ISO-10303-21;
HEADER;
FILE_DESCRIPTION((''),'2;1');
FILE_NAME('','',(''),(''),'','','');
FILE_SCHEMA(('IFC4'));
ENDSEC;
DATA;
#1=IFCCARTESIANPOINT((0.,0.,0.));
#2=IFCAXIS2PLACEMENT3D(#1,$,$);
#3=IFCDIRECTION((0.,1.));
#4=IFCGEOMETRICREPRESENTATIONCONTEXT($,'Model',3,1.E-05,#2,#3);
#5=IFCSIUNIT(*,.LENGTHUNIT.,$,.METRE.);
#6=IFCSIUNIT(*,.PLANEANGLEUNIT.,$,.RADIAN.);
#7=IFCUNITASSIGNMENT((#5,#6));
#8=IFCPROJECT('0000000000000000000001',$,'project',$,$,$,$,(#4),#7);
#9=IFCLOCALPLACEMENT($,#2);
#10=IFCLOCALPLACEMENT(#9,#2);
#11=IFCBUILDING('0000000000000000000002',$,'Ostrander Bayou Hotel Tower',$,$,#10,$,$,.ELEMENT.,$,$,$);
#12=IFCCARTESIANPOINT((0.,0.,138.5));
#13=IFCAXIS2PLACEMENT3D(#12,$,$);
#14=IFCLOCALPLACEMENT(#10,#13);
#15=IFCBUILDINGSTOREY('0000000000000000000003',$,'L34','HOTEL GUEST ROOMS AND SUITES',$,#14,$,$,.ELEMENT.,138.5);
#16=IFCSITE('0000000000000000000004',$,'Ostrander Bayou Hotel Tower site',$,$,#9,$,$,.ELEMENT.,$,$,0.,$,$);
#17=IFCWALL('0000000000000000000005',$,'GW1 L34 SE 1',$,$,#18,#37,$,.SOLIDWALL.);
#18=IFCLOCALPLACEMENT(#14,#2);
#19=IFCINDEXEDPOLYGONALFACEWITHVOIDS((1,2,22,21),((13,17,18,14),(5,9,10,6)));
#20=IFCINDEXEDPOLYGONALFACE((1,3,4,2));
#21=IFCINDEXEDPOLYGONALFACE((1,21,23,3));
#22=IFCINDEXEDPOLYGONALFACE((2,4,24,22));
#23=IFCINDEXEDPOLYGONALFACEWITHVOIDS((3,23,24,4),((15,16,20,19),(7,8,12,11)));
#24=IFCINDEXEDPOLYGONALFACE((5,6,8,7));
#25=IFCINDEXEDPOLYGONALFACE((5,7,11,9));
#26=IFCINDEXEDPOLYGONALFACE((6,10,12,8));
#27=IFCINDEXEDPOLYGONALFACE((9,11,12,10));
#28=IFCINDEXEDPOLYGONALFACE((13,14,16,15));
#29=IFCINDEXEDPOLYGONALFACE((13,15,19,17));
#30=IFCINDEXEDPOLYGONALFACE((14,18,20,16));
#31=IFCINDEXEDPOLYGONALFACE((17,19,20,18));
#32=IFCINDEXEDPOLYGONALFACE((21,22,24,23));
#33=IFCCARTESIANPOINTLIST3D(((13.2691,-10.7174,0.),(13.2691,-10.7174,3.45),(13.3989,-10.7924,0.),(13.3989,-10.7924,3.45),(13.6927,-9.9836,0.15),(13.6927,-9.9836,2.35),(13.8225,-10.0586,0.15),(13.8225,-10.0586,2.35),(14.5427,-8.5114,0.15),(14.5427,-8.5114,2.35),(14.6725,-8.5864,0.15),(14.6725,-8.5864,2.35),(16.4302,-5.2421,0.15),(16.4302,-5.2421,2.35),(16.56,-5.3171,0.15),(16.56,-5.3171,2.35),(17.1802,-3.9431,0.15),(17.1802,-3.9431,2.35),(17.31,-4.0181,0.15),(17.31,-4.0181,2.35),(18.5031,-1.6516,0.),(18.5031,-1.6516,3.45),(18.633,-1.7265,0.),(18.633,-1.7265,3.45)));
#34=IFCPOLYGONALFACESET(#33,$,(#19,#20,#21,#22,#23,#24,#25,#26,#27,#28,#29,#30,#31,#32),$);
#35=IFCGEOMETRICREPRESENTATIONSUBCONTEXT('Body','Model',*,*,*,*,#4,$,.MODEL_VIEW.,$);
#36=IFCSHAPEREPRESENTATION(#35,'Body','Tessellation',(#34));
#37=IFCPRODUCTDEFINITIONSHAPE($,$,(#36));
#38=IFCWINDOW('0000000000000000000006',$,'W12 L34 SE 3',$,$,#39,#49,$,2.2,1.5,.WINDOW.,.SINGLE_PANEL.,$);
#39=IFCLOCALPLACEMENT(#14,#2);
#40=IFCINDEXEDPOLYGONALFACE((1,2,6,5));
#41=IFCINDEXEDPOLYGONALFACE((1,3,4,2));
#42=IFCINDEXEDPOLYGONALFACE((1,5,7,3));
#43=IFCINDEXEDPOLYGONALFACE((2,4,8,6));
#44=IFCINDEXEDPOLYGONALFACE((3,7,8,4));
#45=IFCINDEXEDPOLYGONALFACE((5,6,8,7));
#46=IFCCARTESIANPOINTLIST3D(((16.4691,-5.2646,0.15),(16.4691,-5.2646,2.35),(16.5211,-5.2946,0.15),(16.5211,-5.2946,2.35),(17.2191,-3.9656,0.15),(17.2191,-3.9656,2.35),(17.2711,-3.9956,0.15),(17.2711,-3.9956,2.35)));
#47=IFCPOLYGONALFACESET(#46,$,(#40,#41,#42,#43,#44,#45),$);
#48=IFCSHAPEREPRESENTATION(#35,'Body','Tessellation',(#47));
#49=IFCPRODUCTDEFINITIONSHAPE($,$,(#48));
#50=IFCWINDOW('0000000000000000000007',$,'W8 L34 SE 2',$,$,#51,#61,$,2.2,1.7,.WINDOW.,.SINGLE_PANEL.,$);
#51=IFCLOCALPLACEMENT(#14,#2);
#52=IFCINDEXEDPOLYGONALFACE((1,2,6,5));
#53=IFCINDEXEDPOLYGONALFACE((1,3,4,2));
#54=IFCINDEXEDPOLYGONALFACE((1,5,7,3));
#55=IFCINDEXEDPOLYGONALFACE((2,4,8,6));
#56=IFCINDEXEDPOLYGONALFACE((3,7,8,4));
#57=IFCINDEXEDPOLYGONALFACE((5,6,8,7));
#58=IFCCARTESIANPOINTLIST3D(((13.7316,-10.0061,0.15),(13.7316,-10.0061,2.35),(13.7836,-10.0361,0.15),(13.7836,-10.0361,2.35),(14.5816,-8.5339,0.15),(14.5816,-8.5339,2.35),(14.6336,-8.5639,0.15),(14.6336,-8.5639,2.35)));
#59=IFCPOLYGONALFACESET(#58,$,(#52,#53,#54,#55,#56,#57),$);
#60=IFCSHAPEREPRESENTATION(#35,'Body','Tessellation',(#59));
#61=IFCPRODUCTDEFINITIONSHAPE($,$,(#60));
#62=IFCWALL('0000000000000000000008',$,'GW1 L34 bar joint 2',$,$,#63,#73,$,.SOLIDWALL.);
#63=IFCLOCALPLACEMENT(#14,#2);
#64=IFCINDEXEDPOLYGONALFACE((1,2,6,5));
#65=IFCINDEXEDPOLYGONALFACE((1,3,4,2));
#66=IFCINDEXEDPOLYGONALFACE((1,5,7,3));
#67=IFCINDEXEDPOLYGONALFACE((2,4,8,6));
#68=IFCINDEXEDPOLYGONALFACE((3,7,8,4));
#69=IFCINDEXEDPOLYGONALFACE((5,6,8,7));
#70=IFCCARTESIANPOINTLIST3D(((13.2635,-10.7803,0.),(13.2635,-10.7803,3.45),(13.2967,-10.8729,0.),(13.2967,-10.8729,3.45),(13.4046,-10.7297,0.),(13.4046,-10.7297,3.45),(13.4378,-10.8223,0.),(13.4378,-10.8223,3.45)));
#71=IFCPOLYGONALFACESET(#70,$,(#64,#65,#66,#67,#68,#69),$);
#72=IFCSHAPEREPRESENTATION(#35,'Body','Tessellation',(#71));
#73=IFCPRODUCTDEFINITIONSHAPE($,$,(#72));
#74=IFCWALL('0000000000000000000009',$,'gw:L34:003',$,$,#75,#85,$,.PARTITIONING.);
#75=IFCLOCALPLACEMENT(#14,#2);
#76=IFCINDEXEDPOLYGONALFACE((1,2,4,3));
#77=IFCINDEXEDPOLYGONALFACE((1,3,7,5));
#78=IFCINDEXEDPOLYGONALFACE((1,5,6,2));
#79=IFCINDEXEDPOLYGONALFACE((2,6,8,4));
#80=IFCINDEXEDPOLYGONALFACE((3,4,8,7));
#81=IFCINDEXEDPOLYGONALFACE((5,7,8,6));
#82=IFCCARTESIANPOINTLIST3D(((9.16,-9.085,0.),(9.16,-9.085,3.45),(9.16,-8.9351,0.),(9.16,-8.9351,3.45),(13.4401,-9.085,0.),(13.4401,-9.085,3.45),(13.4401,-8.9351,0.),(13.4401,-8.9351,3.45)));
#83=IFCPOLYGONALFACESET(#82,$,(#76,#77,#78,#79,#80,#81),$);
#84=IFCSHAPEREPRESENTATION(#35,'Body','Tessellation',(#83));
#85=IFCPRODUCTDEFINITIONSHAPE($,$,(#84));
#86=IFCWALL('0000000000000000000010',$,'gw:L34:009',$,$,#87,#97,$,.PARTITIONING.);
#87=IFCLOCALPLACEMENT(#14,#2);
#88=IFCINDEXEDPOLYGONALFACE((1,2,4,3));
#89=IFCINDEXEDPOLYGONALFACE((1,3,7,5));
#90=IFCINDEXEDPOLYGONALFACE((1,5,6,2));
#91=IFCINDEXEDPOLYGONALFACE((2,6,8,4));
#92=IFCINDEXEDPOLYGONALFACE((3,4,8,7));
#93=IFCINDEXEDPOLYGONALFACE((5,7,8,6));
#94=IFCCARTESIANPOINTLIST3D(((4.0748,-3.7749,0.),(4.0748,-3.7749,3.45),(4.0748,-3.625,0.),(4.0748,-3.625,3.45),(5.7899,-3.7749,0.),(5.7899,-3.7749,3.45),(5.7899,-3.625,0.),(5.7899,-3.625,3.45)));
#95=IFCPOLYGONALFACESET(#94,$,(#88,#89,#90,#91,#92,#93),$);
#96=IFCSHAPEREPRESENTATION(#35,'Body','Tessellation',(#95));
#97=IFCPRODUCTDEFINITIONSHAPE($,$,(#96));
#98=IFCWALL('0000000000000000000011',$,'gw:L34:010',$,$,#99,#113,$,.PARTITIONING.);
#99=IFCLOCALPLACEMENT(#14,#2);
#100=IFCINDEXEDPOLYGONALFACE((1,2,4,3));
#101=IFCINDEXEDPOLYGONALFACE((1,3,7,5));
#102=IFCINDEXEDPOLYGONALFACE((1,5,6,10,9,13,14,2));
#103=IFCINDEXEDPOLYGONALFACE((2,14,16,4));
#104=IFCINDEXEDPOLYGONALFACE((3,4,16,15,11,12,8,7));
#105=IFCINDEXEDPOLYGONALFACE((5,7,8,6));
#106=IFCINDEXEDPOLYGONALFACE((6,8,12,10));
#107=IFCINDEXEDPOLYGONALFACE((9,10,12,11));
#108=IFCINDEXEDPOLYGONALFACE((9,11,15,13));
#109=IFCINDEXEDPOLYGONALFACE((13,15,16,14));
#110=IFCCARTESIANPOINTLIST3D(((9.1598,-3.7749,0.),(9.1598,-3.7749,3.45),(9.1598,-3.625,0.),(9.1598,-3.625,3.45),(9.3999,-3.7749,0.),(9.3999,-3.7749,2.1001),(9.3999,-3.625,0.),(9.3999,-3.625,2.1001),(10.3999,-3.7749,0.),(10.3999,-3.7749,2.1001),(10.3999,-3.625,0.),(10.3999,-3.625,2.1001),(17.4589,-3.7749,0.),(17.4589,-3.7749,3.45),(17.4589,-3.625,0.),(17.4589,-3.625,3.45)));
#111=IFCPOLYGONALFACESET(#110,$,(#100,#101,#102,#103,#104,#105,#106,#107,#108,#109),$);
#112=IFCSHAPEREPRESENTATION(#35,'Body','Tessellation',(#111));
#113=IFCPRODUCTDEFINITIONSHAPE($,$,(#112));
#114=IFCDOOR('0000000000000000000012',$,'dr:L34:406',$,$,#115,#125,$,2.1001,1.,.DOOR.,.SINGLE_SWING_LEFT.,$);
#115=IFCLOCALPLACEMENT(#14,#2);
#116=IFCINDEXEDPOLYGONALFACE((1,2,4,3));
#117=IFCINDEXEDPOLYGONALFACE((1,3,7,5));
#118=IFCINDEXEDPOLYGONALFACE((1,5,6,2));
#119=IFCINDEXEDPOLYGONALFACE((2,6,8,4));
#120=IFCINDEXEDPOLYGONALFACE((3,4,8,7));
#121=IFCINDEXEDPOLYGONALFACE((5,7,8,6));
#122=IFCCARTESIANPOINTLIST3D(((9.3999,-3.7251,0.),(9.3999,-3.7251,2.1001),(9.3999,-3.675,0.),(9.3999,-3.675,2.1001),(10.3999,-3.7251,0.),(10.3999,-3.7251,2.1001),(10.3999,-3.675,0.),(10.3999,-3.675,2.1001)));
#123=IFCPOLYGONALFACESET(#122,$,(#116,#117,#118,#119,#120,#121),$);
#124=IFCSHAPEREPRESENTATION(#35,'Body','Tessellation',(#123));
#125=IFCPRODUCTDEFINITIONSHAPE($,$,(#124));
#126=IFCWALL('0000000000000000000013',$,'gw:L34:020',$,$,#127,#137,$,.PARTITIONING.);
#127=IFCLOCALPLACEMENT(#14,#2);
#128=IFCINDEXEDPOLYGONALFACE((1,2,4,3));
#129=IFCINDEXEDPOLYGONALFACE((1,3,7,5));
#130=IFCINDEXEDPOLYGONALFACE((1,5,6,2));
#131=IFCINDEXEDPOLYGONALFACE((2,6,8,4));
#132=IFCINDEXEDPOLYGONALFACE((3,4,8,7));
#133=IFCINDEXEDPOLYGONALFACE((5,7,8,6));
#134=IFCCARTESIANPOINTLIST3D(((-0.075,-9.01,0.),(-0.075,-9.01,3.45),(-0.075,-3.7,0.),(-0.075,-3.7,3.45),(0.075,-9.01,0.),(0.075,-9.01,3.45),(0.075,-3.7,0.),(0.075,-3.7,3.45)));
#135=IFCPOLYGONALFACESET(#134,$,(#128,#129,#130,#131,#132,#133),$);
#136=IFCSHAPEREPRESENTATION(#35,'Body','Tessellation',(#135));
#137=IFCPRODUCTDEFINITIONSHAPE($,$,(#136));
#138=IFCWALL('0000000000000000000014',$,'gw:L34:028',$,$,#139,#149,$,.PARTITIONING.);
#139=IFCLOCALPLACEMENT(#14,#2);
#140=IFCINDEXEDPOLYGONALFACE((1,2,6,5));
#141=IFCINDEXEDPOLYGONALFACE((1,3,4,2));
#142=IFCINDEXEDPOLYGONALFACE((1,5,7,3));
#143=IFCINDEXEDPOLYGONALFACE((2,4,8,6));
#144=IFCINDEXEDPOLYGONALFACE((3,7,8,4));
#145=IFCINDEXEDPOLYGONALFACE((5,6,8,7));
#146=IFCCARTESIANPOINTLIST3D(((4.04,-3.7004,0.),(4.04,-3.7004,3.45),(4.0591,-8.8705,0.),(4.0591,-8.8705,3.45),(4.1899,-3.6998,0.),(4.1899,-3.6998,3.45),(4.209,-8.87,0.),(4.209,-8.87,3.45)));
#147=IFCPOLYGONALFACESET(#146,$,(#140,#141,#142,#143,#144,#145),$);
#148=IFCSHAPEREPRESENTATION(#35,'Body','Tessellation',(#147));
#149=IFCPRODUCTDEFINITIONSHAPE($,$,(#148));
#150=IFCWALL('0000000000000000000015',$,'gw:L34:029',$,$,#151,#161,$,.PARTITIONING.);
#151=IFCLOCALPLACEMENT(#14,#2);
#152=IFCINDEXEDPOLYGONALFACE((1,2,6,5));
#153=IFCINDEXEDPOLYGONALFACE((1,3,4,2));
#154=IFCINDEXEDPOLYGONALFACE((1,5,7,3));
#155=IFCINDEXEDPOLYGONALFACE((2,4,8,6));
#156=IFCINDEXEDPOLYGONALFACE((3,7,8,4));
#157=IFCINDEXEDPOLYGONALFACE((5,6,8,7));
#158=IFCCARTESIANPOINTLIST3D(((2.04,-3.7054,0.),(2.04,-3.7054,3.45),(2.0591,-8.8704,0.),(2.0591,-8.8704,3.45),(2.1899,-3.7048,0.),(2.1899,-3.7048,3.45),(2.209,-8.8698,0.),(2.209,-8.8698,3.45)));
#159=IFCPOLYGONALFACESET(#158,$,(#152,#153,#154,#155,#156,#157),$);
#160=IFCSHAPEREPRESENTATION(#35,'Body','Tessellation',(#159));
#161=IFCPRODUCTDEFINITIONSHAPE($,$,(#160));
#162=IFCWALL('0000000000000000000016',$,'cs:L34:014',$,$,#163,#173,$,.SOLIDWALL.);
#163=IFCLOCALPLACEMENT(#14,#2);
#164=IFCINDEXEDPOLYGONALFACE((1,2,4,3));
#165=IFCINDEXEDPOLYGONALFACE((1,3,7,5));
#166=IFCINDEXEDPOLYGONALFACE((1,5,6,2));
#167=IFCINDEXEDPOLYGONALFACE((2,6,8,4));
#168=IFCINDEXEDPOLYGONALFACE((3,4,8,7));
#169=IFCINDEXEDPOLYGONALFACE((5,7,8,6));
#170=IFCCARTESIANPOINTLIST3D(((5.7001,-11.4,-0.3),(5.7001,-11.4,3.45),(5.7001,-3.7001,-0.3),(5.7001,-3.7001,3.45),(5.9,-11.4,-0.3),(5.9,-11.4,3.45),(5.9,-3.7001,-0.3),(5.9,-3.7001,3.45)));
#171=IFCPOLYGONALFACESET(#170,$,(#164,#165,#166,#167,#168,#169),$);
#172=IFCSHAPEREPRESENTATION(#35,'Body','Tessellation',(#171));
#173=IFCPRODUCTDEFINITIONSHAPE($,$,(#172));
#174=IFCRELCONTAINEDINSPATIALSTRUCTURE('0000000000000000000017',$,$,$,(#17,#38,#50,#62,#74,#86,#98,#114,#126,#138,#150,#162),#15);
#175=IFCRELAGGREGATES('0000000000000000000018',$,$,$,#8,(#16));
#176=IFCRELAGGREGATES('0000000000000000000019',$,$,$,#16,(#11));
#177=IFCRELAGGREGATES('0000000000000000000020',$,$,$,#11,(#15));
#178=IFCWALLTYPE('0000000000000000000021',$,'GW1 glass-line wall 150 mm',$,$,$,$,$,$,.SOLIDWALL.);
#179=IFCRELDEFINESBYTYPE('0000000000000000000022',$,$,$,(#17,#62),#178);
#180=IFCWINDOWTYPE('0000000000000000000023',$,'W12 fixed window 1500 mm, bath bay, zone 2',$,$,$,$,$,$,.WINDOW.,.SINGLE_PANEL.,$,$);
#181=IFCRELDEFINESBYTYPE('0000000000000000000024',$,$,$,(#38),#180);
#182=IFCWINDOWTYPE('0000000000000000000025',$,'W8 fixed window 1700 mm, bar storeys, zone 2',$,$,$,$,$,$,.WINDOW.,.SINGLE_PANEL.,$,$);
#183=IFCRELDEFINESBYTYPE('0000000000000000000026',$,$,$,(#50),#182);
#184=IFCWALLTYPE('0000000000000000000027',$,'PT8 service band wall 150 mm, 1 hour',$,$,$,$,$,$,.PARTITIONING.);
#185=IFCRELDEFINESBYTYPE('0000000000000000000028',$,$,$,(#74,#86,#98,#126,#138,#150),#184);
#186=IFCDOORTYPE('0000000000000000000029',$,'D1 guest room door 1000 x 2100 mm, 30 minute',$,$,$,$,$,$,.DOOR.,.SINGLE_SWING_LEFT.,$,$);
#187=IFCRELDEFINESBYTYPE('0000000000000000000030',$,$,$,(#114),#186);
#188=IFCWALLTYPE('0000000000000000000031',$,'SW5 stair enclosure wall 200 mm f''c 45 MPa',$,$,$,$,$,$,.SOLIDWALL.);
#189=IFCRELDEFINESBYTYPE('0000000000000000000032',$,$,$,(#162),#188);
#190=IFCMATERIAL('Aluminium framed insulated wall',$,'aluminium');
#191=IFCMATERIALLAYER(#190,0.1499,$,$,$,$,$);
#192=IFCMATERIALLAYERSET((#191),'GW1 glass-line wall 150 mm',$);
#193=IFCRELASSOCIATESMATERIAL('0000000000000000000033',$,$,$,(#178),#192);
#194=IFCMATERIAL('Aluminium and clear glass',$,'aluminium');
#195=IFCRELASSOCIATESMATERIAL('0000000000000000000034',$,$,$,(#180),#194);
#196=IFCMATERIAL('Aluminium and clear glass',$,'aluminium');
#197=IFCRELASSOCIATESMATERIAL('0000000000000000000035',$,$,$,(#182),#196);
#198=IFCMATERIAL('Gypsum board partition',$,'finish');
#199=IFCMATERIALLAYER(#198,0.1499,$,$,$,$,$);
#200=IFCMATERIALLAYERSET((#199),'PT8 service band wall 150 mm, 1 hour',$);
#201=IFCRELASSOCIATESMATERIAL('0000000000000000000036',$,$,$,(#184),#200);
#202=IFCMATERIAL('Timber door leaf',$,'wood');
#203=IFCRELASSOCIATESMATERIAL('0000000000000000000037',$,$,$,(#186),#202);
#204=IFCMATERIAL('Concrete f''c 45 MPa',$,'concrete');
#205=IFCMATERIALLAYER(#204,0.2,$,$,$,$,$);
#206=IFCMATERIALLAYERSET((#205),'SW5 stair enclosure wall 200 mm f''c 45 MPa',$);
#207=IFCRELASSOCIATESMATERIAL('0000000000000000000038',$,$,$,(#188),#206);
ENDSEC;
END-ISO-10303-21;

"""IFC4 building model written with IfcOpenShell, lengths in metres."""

from ifc_helpers import new_model, si_unit, direction, frame, frame_2d, origin, place, context, subcontext, project, spatial, rectangle, extrude, material, layer, layer_set, type_object, element, fill, save


model = new_model("IFC4")

# Units and contexts
model_context = context("Model", 3, precision=1e-05, world=origin(), true_north=direction((0.0, 1.0)))
body_context = subcontext(model_context, "Body", "Model", "MODEL_VIEW")
ifc_project = project(units=[si_unit("LENGTHUNIT", "METRE"), si_unit("PLANEANGLEUNIT", "RADIAN")], contexts=[model_context])

# Site, building, storey
site_placement = place(None, origin())
site = spatial("IfcSite", under=ifc_project, at=site_placement, Name="Ostrander Bayou Hotel Tower site", CompositionType="ELEMENT", RefElevation=0.0)
building_placement = place(site_placement, origin())
building = spatial("IfcBuilding", under=site, at=building_placement, Name="Ostrander Bayou Hotel Tower", CompositionType="ELEMENT")
storey_placement = place(building_placement, frame((0.0, 0.0, 138.5)))
storey = spatial("IfcBuildingStorey", under=building, at=storey_placement, Name="L34", Description="HOTEL GUEST ROOMS AND SUITES", CompositionType="ELEMENT", Elevation=138.5)

# Wall, openings, windows
ifc_material_1 = material(Name="Aluminium framed insulated wall", Category="aluminium")
ifc_layer_1 = layer(ifc_material_1, 0.1499)
ifc_layer_set_1 = layer_set([ifc_layer_1], Name="GW1 glass-line wall 150 mm")
wall_type_1 = type_object("IfcWallType", Name="GW1 glass-line wall 150 mm", PredefinedType="SOLIDWALL", material=ifc_layer_set_1)
wall_1_placement = place(storey_placement, frame((13.334, -10.7549, 0.0), z_axis=(0.0, 0.0, 1.0), x_axis=(0.499994, 0.866029, 0.0)))
wall_1 = element("IfcWall", 1, at=wall_1_placement, inside=storey, type_object=wall_type_1, Name="GW1 L34 SE 1", PredefinedType="SOLIDWALL", context=body_context, shape_type="SweptSolid", body=[
    extrude(rectangle(XDim=10.4683, YDim=0.1499, at=frame_2d((5.2341, 0.0))), origin(), (0.0, 0.0, 1.0), 3.45),
])
opening_1_placement = place(wall_1_placement, frame((0.8472, 0.0, 0.1499)))
opening_1 = element("IfcOpeningElement", 2, at=opening_1_placement, cuts=wall_1, PredefinedType="OPENING", context=body_context, shape_type="SweptSolid", body=[
    extrude(rectangle(XDim=1.7, YDim=2.2, at=frame_2d((0.8501, 1.1001))), frame((0.0, 0.075, 0.0), z_axis=(0.0, -1.0, 0.0), x_axis=(1.0, 0.0, 0.0)), (0.0, 0.0, 1.0), 0.1499),
])
opening_2_placement = place(wall_1_placement, frame((6.3223, 0.0, 0.1499)))
opening_2 = element("IfcOpeningElement", 3, at=opening_2_placement, cuts=wall_1, PredefinedType="OPENING", context=body_context, shape_type="SweptSolid", body=[
    extrude(rectangle(XDim=1.5, YDim=2.2, at=frame_2d((0.75, 1.1001))), frame((0.0, 0.075, 0.0), z_axis=(0.0, -1.0, 0.0), x_axis=(1.0, 0.0, 0.0)), (0.0, 0.0, 1.0), 0.1499),
])
ifc_material_2 = material(Name="Aluminium and clear glass", Category="aluminium")
window_type_1 = type_object("IfcWindowType", Name="W12 fixed window 1500 mm, bath bay, zone 2", PartitioningType="SINGLE_PANEL", PredefinedType="WINDOW", material=ifc_material_2)
window_1_placement = place(opening_2_placement, origin())
window_1 = element("IfcWindow", 4, at=window_1_placement, inside=storey, type_object=window_type_1, Name="W12 L34 SE 3", OverallHeight=2.2, OverallWidth=1.5, PartitioningType="SINGLE_PANEL", PredefinedType="WINDOW", context=body_context, shape_type="SweptSolid", body=[
    extrude(rectangle(XDim=1.5, YDim=2.2, at=frame_2d((0.75, 1.1001))), frame((0.0, 0.03, 0.0), z_axis=(0.0, -1.0, 0.0), x_axis=(1.0, 0.0, 0.0)), (0.0, 0.0, 1.0), 0.0601),
])
fill(opening_2, window_1)
ifc_material_3 = material(Name="Aluminium and clear glass", Category="aluminium")
window_type_2 = type_object("IfcWindowType", Name="W8 fixed window 1700 mm, bar storeys, zone 2", PartitioningType="SINGLE_PANEL", PredefinedType="WINDOW", material=ifc_material_3)
window_2_placement = place(opening_1_placement, origin())
window_2 = element("IfcWindow", 5, at=window_2_placement, inside=storey, type_object=window_type_2, Name="W8 L34 SE 2", OverallHeight=2.2, OverallWidth=1.7, PartitioningType="SINGLE_PANEL", PredefinedType="WINDOW", context=body_context, shape_type="SweptSolid", body=[
    extrude(rectangle(XDim=1.7, YDim=2.2, at=frame_2d((0.8501, 1.1001))), frame((0.0, 0.03, 0.0), z_axis=(0.0, -1.0, 0.0), x_axis=(1.0, 0.0, 0.0)), (0.0, 0.0, 1.0), 0.0601),
])
fill(opening_1, window_2)

# Walls
wall_2_placement = place(storey_placement, frame((13.334, -10.7549, 0.0), z_axis=(0.0, 0.0, 1.0), x_axis=(0.337752, -0.941235, 0.0)))
element("IfcWall", 6, at=wall_2_placement, inside=storey, type_object=wall_type_1, Name="GW1 L34 bar joint 2", PredefinedType="SOLIDWALL", context=body_context, shape_type="SweptSolid", body=[
    extrude(rectangle(XDim=0.0984, YDim=0.1499, at=frame_2d((0.0493, 0.0))), origin(), (0.0, 0.0, 1.0), 3.45),
])
ifc_material_4 = material(Name="Gypsum board partition", Category="finish")
ifc_layer_2 = layer(ifc_material_4, 0.1499)
ifc_layer_set_2 = layer_set([ifc_layer_2], Name="PT8 service band wall 150 mm, 1 hour")
wall_type_2 = type_object("IfcWallType", Name="PT8 service band wall 150 mm, 1 hour", PredefinedType="PARTITIONING", material=ifc_layer_set_2)
wall_3_placement = place(storey_placement, frame((9.1599, -9.01, 0.0), z_axis=(0.0, 0.0, 1.0), x_axis=(1.0, 0.0, 0.0)))
element("IfcWall", 7, at=wall_3_placement, inside=storey, type_object=wall_type_2, Name="gw:L34:003", PredefinedType="PARTITIONING", context=body_context, shape_type="SweptSolid", body=[
    extrude(rectangle(XDim=4.28, YDim=0.1499, at=frame_2d((2.1401, 0.0))), origin(), (0.0, 0.0, 1.0), 3.45),
])
wall_4_placement = place(storey_placement, frame((4.075, -3.7, 0.0), z_axis=(0.0, 0.0, 1.0), x_axis=(1.0, 0.0, 0.0)))
element("IfcWall", 8, at=wall_4_placement, inside=storey, type_object=wall_type_2, Name="gw:L34:009", PredefinedType="PARTITIONING", context=body_context, shape_type="SweptSolid", body=[
    extrude(rectangle(XDim=1.7151, YDim=0.1499, at=frame_2d((0.8574, 0.0))), origin(), (0.0, 0.0, 1.0), 3.45),
])

# Wall, opening, door
wall_5_placement = place(storey_placement, frame((9.1599, -3.7, 0.0), z_axis=(0.0, 0.0, 1.0), x_axis=(1.0, 0.0, 0.0)))
wall_5 = element("IfcWall", 9, at=wall_5_placement, inside=storey, type_object=wall_type_2, Name="gw:L34:010", PredefinedType="PARTITIONING", context=body_context, shape_type="SweptSolid", body=[
    extrude(rectangle(XDim=8.2991, YDim=0.1499, at=frame_2d((4.1494, 0.0))), origin(), (0.0, 0.0, 1.0), 3.45),
])
opening_3_placement = place(wall_5_placement, frame((0.24, 0.0, 0.0)))
opening_3 = element("IfcOpeningElement", 10, at=opening_3_placement, cuts=wall_5, PredefinedType="OPENING", context=body_context, shape_type="SweptSolid", body=[
    extrude(rectangle(XDim=1.0, YDim=2.1001, at=frame_2d((0.5, 1.05))), frame((0.0, 0.075, 0.0), z_axis=(0.0, -1.0, 0.0), x_axis=(1.0, 0.0, 0.0)), (0.0, 0.0, 1.0), 0.1499),
])
ifc_material_5 = material(Name="Timber door leaf", Category="wood")
door_type_1 = type_object("IfcDoorType", Name="D1 guest room door 1000 x 2100 mm, 30 minute", OperationType="SINGLE_SWING_LEFT", PredefinedType="DOOR", material=ifc_material_5)
door_1_placement = place(opening_3_placement, origin())
door_1 = element("IfcDoor", 11, at=door_1_placement, inside=storey, type_object=door_type_1, Name="dr:L34:406", OperationType="SINGLE_SWING_LEFT", OverallHeight=2.1001, OverallWidth=1.0, PredefinedType="DOOR", context=body_context, shape_type="SweptSolid", body=[
    extrude(rectangle(XDim=1.0, YDim=2.1001, at=frame_2d((0.5, 1.05))), frame((0.0, 0.0249, 0.0), z_axis=(0.0, -1.0, 0.0), x_axis=(1.0, 0.0, 0.0)), (0.0, 0.0, 1.0), 0.05),
])
fill(opening_3, door_1)

# Walls
wall_6_placement = place(storey_placement, frame((0.0, -9.01, 0.0), z_axis=(0.0, 0.0, 1.0), x_axis=(0.0, 1.0, 0.0)))
element("IfcWall", 12, at=wall_6_placement, inside=storey, type_object=wall_type_2, Name="gw:L34:020", PredefinedType="PARTITIONING", context=body_context, shape_type="SweptSolid", body=[
    extrude(rectangle(XDim=5.3101, YDim=0.1499, at=frame_2d((2.655, 0.0))), origin(), (0.0, 0.0, 1.0), 3.45),
])
wall_7_placement = place(storey_placement, frame((4.134, -8.8701, 0.0), z_axis=(0.0, 0.0, 1.0), x_axis=(-0.003683, 0.999993, 0.0)))
element("IfcWall", 13, at=wall_7_placement, inside=storey, type_object=wall_type_2, Name="gw:L34:028", PredefinedType="PARTITIONING", context=body_context, shape_type="SweptSolid", body=[
    extrude(rectangle(XDim=5.1702, YDim=0.1499, at=frame_2d((2.585, 0.0))), origin(), (0.0, 0.0, 1.0), 3.45),
])
wall_8_placement = place(storey_placement, frame((2.134, -8.8701, 0.0), z_axis=(0.0, 0.0, 1.0), x_axis=(-0.003687, 0.999993, 0.0)))
element("IfcWall", 14, at=wall_8_placement, inside=storey, type_object=wall_type_2, Name="gw:L34:029", PredefinedType="PARTITIONING", context=body_context, shape_type="SweptSolid", body=[
    extrude(rectangle(XDim=5.165, YDim=0.1499, at=frame_2d((2.5825, 0.0))), origin(), (0.0, 0.0, 1.0), 3.45),
])

# Shared definitions
ifc_material_6 = material(Name="Concrete f'c 45 MPa", Category="concrete")
ifc_layer_3 = layer(ifc_material_6, 0.2)
ifc_layer_set_3 = layer_set([ifc_layer_3], Name="SW5 stair enclosure wall 200 mm f'c 45 MPa")
wall_type_3 = type_object("IfcWallType", Name="SW5 stair enclosure wall 200 mm f'c 45 MPa", PredefinedType="SOLIDWALL", material=ifc_layer_set_3)

# Wall
for number, where, z_axis, x_axis, name in (
    (15, (5.8, -3.7, -0.3), (0.0, 0.0, 1.0), (0.0, -1.0, 0.0), "cs:L34:014"),
):
    element("IfcWall", number, at=place(storey_placement, frame(where, z_axis=z_axis, x_axis=x_axis)), inside=storey, type_object=wall_type_3, Name=name, PredefinedType="SOLIDWALL", context=body_context, shape_type="SweptSolid", body=[
        extrude(rectangle(XDim=7.7, YDim=0.2, at=frame_2d((3.8501, 0.0))), origin(), (0.0, 0.0, 1.0), 3.75),
    ])

save(model, "model.ifc")
